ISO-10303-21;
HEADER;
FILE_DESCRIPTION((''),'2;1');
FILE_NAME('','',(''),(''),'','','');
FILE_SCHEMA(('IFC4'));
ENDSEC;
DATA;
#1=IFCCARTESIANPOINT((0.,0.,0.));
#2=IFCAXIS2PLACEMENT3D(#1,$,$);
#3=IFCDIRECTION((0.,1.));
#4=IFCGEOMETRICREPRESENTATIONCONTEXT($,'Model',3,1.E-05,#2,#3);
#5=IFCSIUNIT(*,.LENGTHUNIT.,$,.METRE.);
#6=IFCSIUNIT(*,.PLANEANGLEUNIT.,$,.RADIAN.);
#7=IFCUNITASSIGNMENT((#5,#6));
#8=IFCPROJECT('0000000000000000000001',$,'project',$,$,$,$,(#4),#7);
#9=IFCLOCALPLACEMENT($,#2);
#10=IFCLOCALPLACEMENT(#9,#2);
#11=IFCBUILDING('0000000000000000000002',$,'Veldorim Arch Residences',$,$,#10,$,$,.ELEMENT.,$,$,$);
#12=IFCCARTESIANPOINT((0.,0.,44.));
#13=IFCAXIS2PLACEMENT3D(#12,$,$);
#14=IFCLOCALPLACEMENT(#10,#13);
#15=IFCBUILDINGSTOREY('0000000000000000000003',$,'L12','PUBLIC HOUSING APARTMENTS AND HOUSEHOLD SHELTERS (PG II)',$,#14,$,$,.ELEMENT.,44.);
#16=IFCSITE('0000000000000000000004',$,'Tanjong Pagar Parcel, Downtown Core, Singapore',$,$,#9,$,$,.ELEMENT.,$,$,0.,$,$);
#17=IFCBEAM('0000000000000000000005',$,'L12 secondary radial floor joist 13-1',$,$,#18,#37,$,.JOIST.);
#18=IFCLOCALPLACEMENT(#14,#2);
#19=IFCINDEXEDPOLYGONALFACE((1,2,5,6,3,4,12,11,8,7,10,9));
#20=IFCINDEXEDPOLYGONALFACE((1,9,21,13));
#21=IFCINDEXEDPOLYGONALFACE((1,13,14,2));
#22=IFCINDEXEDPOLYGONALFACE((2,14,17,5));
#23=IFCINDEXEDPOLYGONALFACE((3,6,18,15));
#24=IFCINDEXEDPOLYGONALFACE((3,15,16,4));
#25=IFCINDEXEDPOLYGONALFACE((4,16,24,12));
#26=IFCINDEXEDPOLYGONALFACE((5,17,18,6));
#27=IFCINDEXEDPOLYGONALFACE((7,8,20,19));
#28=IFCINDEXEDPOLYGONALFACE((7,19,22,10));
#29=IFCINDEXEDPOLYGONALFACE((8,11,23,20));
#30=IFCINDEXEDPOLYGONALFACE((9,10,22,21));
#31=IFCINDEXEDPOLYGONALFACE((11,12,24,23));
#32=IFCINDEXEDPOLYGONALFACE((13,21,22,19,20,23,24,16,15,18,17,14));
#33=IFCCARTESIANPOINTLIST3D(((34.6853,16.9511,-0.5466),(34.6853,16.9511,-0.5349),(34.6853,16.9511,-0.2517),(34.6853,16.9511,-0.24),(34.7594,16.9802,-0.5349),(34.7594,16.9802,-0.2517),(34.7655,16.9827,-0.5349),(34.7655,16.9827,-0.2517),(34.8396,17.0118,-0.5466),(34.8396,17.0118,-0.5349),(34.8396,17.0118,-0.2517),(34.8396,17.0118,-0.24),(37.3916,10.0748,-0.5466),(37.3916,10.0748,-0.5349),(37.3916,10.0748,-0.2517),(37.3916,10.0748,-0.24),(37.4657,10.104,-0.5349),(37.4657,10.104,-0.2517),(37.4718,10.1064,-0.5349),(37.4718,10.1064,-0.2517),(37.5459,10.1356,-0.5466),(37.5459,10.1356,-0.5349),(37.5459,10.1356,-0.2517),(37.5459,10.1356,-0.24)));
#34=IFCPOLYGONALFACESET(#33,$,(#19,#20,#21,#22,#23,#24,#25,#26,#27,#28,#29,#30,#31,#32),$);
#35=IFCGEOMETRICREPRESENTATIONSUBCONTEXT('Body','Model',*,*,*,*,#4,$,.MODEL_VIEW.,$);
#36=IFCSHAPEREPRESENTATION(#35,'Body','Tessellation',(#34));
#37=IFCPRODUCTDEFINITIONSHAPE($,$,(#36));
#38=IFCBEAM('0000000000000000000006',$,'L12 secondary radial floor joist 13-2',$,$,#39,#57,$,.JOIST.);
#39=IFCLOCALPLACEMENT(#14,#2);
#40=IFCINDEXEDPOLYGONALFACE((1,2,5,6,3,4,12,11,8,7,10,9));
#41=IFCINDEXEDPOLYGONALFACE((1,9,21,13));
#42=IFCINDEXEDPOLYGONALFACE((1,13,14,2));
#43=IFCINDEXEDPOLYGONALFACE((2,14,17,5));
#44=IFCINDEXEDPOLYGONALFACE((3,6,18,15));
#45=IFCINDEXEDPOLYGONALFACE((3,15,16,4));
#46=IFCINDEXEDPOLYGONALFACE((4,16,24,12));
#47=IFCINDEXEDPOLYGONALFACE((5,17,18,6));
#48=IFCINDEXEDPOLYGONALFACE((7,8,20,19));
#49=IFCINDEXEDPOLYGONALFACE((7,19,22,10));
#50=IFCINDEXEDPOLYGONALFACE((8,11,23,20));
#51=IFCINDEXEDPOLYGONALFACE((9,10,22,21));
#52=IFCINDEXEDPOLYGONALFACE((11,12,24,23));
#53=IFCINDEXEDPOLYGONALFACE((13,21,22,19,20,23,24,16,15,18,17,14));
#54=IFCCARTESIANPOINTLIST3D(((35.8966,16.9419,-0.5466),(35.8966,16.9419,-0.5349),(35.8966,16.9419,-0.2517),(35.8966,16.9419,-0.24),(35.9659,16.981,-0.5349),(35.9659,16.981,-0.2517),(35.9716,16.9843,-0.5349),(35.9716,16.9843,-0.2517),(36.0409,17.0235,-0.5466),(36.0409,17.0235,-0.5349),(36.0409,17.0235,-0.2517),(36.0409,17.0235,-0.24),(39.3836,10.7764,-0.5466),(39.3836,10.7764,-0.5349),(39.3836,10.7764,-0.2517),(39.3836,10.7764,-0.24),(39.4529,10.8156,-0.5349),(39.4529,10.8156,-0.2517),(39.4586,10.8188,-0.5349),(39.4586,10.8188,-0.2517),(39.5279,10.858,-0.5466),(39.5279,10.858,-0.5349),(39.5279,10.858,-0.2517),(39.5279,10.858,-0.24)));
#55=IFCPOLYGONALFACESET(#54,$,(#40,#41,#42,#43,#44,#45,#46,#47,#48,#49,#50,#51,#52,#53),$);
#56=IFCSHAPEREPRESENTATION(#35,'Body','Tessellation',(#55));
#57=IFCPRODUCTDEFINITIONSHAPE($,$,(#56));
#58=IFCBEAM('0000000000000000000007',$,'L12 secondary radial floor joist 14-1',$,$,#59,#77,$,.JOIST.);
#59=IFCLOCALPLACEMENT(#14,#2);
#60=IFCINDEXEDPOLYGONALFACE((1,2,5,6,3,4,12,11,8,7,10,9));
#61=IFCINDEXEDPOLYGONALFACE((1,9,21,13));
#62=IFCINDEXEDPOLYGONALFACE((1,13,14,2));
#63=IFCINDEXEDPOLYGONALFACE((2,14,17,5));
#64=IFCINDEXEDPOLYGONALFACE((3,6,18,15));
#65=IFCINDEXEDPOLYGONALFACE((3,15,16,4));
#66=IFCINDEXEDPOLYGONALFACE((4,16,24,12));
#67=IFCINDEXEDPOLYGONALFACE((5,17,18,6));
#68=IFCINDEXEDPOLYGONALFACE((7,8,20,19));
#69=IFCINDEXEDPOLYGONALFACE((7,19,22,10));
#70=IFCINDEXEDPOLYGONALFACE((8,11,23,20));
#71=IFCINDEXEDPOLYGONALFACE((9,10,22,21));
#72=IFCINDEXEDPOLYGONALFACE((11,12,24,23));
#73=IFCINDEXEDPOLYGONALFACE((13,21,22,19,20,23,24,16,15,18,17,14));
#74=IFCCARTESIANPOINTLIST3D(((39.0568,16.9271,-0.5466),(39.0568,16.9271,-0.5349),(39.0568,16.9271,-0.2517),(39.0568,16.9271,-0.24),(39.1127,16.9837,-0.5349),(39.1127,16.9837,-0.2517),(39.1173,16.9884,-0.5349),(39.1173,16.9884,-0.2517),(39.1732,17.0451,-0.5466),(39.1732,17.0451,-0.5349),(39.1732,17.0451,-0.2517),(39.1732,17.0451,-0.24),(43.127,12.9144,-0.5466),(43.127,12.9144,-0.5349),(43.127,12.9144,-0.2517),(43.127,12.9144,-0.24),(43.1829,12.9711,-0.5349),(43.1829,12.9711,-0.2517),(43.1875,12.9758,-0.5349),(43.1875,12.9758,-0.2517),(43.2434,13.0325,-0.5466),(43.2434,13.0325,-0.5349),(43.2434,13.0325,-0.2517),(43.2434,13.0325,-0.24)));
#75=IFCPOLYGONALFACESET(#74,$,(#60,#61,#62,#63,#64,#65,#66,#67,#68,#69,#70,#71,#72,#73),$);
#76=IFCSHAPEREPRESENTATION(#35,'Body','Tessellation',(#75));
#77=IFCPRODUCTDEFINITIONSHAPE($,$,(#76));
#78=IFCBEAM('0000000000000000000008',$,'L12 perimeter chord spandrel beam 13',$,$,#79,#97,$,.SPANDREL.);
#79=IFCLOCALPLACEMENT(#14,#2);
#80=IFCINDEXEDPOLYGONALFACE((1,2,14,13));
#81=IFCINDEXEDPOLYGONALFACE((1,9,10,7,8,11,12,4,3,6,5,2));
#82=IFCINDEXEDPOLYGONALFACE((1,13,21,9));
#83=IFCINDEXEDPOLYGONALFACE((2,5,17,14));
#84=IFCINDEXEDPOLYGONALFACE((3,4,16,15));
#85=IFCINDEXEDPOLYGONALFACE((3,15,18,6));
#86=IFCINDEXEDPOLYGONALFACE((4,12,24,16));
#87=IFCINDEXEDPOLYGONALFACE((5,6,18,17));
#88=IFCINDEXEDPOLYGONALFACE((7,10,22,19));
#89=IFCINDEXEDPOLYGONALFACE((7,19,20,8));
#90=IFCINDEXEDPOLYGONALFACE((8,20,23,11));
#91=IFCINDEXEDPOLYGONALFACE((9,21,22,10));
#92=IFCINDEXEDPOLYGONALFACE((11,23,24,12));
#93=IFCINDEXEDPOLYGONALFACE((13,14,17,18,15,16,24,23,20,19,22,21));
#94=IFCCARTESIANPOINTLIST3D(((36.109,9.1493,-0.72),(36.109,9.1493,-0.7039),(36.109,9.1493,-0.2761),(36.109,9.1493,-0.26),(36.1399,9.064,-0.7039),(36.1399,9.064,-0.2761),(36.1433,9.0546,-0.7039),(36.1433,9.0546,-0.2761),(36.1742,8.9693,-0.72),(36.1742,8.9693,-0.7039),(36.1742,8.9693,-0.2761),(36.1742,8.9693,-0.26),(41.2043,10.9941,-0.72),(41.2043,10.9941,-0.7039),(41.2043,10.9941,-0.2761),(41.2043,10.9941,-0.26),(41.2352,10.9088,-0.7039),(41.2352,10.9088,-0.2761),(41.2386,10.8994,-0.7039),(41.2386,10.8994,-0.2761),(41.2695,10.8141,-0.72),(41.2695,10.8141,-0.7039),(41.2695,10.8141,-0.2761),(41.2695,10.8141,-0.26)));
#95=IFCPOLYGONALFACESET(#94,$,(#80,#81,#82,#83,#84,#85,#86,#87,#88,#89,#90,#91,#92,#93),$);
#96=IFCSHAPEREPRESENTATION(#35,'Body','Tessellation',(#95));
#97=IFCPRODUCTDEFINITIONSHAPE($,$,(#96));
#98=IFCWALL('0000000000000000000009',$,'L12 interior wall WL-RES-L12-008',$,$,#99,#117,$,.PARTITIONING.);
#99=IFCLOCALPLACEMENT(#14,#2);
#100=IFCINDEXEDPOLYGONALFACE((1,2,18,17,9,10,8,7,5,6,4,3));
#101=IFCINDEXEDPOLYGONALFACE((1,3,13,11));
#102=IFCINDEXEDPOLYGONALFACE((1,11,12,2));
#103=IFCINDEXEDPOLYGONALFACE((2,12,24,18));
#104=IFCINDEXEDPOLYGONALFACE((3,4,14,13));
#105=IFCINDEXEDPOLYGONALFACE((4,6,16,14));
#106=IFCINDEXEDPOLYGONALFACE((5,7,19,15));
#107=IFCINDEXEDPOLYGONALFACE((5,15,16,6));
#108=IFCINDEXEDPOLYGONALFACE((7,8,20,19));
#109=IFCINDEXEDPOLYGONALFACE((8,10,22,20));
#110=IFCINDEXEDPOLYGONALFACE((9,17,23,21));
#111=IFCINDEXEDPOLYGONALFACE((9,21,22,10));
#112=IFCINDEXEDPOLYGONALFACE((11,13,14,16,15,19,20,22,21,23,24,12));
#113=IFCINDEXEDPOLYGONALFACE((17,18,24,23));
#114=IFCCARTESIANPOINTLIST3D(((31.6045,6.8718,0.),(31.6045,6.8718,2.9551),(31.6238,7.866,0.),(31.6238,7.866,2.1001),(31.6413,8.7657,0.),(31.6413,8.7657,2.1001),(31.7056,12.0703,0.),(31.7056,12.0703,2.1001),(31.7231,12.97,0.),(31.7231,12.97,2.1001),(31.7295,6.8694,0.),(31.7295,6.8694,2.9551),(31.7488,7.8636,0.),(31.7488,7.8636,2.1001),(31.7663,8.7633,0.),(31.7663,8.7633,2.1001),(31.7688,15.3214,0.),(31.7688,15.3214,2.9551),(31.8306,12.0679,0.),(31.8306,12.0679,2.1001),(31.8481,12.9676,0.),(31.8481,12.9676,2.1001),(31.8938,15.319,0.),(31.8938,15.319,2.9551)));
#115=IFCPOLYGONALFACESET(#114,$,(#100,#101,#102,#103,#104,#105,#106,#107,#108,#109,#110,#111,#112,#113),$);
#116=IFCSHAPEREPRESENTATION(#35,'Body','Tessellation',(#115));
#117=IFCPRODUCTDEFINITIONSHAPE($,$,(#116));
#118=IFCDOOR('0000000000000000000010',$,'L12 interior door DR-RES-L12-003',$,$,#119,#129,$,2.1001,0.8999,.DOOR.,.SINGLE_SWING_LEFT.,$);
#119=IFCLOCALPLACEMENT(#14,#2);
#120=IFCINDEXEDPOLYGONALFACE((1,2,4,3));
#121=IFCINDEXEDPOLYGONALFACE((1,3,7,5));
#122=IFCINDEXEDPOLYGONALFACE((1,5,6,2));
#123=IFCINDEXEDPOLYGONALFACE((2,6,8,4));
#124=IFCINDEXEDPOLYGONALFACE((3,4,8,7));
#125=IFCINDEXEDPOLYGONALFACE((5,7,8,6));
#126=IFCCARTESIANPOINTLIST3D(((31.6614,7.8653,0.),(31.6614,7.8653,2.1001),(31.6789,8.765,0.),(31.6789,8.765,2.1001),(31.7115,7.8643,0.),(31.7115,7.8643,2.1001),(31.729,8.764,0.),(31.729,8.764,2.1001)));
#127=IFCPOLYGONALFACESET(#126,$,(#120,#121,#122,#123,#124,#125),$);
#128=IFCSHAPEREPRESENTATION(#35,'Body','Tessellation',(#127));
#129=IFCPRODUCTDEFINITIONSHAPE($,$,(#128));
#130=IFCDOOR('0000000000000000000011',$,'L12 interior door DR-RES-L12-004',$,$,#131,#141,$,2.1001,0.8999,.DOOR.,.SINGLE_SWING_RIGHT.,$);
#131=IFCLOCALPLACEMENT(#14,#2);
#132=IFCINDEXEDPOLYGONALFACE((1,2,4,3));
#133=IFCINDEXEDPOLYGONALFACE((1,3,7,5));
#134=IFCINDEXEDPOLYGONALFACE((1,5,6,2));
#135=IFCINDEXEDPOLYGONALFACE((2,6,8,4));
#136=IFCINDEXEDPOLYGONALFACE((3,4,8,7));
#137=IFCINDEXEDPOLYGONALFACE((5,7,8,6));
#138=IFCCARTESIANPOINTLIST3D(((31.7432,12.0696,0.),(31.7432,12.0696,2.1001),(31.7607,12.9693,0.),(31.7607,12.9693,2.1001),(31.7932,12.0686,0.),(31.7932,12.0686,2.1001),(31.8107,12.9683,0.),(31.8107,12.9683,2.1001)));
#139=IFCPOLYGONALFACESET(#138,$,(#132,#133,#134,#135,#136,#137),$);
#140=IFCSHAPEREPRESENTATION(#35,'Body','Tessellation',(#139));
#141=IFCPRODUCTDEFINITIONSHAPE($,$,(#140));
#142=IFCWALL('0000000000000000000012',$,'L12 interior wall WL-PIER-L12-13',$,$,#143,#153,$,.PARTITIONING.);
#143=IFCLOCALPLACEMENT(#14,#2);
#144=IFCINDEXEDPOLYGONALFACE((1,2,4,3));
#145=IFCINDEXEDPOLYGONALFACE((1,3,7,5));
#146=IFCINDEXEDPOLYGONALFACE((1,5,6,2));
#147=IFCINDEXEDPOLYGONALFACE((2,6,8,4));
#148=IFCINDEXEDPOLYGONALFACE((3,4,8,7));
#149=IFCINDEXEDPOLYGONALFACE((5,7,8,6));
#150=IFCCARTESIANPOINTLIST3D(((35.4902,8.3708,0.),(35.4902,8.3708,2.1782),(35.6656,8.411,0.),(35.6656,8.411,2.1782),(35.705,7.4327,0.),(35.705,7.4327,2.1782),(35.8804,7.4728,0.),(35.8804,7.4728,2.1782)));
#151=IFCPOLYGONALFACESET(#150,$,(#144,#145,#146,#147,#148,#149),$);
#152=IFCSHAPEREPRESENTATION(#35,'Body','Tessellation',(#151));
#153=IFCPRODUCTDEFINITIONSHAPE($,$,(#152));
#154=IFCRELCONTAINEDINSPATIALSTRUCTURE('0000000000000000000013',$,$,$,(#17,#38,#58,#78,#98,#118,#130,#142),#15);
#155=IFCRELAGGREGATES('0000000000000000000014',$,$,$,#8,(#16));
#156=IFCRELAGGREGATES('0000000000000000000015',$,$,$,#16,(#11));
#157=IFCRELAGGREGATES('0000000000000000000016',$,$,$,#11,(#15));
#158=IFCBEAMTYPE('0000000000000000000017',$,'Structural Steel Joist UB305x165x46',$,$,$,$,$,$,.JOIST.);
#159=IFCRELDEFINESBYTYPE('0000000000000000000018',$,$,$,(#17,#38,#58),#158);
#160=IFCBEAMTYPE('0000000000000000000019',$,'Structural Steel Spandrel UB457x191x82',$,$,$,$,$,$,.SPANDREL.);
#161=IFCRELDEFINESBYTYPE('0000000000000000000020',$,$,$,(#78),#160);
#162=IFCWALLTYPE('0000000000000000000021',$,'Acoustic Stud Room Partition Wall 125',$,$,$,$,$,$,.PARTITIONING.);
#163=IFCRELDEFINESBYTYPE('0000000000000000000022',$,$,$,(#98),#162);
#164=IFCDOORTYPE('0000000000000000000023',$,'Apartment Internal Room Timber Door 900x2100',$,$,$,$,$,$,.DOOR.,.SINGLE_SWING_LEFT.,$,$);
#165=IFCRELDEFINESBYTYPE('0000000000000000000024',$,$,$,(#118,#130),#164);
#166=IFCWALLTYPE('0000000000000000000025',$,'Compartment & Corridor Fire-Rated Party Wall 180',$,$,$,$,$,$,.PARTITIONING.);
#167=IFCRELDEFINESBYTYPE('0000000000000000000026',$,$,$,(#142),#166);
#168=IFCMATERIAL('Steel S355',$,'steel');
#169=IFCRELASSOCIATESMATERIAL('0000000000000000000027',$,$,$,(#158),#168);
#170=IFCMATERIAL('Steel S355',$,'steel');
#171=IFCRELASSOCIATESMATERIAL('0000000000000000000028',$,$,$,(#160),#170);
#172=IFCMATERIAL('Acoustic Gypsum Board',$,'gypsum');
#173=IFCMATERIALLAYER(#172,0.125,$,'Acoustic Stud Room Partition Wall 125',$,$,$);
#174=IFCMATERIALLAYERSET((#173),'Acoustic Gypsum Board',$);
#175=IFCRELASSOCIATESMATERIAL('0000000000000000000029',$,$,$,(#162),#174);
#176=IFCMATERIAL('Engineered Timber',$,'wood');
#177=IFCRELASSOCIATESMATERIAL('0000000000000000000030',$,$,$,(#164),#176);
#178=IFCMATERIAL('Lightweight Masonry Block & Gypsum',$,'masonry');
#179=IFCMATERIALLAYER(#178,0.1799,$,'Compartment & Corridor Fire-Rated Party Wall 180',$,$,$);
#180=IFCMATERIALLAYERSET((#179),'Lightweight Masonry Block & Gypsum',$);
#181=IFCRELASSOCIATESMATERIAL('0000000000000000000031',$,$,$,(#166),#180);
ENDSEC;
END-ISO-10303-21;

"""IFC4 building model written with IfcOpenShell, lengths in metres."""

from ifc_helpers import new_model, si_unit, direction, frame, frame_2d, origin, origin_2d, place, context, subcontext, project, spatial, rectangle, i_section, extrude, material, layer, layer_set, material_profile, profile_set, type_object, element, fill, save


model = new_model("IFC4")

# Units and contexts
model_context = context("Model", 3, precision=1e-05, world=origin(), true_north=direction((0.0, 1.0)))
body_context = subcontext(model_context, "Body", "Model", "MODEL_VIEW")
ifc_project = project(units=[si_unit("LENGTHUNIT", "METRE"), si_unit("PLANEANGLEUNIT", "RADIAN")], contexts=[model_context])

# Site, building, storey
site_placement = place(None, origin())
site = spatial("IfcSite", under=ifc_project, at=site_placement, Name="Tanjong Pagar Parcel, Downtown Core, Singapore", CompositionType="ELEMENT", RefElevation=0.0)
building_placement = place(site_placement, origin())
building = spatial("IfcBuilding", under=site, at=building_placement, Name="Veldorim Arch Residences", CompositionType="ELEMENT")
storey_placement = place(building_placement, frame((0.0, 0.0, 44.0)))
storey = spatial("IfcBuildingStorey", under=building, at=storey_placement, Name="L12", Description="PUBLIC HOUSING APARTMENTS AND HOUSEHOLD SHELTERS (PG II)", CompositionType="ELEMENT", Elevation=44.0)

# Beams
ifc_material_1 = material(Name="Steel S355", Category="steel")
ifc_material_profile_1 = material_profile(ifc_material_1, i_section(OverallWidth=0.1658, OverallDepth=0.3066, WebThickness=0.0066, FlangeThickness=0.0117, at=origin_2d()), Name="UB305x165x46")
ifc_profile_set_1 = profile_set([ifc_material_profile_1], Name="Steel S355")
beam_type_1 = type_object("IfcBeamType", Name="Structural Steel Joist UB305x165x46", PredefinedType="JOIST", material=ifc_profile_set_1)
beam_1_placement = place(storey_placement, frame((34.7625, 16.9814, -0.3933), z_axis=(0.36623, -0.930524, 0.0), x_axis=(0.930524, 0.36623, 0.0)))
element("IfcBeam", 1, at=beam_1_placement, inside=storey, type_object=beam_type_1, Name="L12 secondary radial floor joist 13-1", PredefinedType="JOIST", context=body_context, shape_type="SweptSolid", body=[
    extrude(i_section(OverallWidth=0.1658, OverallDepth=0.3066, WebThickness=0.0066, FlangeThickness=0.0117, at=origin_2d()), origin(), (0.0, 0.0, 1.0), 7.3896),
])
beam_2_placement = place(storey_placement, frame((35.9688, 16.9827, -0.3933), z_axis=(0.492292, -0.87043, 0.0), x_axis=(0.87043, 0.492292, 0.0)))
element("IfcBeam", 2, at=beam_2_placement, inside=storey, type_object=beam_type_1, Name="L12 secondary radial floor joist 13-2", PredefinedType="JOIST", context=body_context, shape_type="SweptSolid", body=[
    extrude(i_section(OverallWidth=0.1658, OverallDepth=0.3066, WebThickness=0.0066, FlangeThickness=0.0117, at=origin_2d()), origin(), (0.0, 0.0, 1.0), 7.0833),
])
beam_3_placement = place(storey_placement, frame((39.115, 16.9861, -0.3933), z_axis=(0.712129, -0.702049, 0.0), x_axis=(0.702049, 0.712129, 0.0)))
element("IfcBeam", 3, at=beam_3_placement, inside=storey, type_object=beam_type_1, Name="L12 secondary radial floor joist 14-1", PredefinedType="JOIST", context=body_context, shape_type="SweptSolid", body=[
    extrude(i_section(OverallWidth=0.1658, OverallDepth=0.3066, WebThickness=0.0066, FlangeThickness=0.0117, at=origin_2d()), origin(), (0.0, 0.0, 1.0), 5.7156),
])
ifc_material_2 = material(Name="Steel S355", Category="steel")
ifc_material_profile_2 = material_profile(ifc_material_2, i_section(OverallWidth=0.1914, OverallDepth=0.46, WebThickness=0.01, FlangeThickness=0.0161, at=origin_2d()), Name="UB457x191x82")
ifc_profile_set_2 = profile_set([ifc_material_profile_2], Name="Steel S355")
beam_type_2 = type_object("IfcBeamType", Name="Structural Steel Spandrel UB457x191x82", PredefinedType="SPANDREL", material=ifc_profile_set_2)
beam_4_placement = place(storey_placement, frame((36.1416, 9.0593, -0.49), z_axis=(0.940271, 0.340426, 0.0), x_axis=(-0.340426, 0.940271, 0.0)))
element("IfcBeam", 4, at=beam_4_placement, inside=storey, type_object=beam_type_2, Name="L12 perimeter chord spandrel beam 13", PredefinedType="SPANDREL", context=body_context, shape_type="SweptSolid", body=[
    extrude(i_section(OverallWidth=0.1914, OverallDepth=0.46, WebThickness=0.01, FlangeThickness=0.0161, at=origin_2d()), origin(), (0.0, 0.0, 1.0), 5.4189),
])

# Wall, openings, doors
ifc_material_3 = material(Name="Acoustic Gypsum Board", Category="gypsum")
ifc_layer_1 = layer(ifc_material_3, 0.125, Name="Acoustic Stud Room Partition Wall 125")
ifc_layer_set_1 = layer_set([ifc_layer_1], Name="Acoustic Gypsum Board")
wall_type_1 = type_object("IfcWallType", Name="Acoustic Stud Room Partition Wall 125", PredefinedType="PARTITIONING", material=ifc_layer_set_1)
wall_1_placement = place(storey_placement, frame((31.667, 6.8706, 0.0), z_axis=(0.0, 0.0, 1.0), x_axis=(0.019442, 0.999811, 0.0)))
wall_1 = element("IfcWall", 5, at=wall_1_placement, inside=storey, type_object=wall_type_1, Name="L12 interior wall WL-RES-L12-008", PredefinedType="PARTITIONING", context=body_context, shape_type="SweptSolid", body=[
    extrude(rectangle(XDim=8.4512, YDim=0.125, at=frame_2d((4.2256, 0.0))), origin(), (0.0, 0.0, 1.0), 2.9551),
])
opening_1_placement = place(wall_1_placement, frame((0.9944, 0.0, 0.0)))
opening_1 = element("IfcOpeningElement", 6, at=opening_1_placement, cuts=wall_1, PredefinedType="OPENING", context=body_context, shape_type="SweptSolid", body=[
    extrude(rectangle(XDim=0.8999, YDim=2.1001, at=frame_2d((0.45, 1.05))), frame((0.0, 0.0725, 0.0), z_axis=(0.0, -1.0, 0.0), x_axis=(1.0, 0.0, 0.0)), (0.0, 0.0, 1.0), 0.145),
])
opening_2_placement = place(wall_1_placement, frame((5.1995, 0.0, 0.0)))
opening_2 = element("IfcOpeningElement", 7, at=opening_2_placement, cuts=wall_1, PredefinedType="OPENING", context=body_context, shape_type="SweptSolid", body=[
    extrude(rectangle(XDim=0.8999, YDim=2.1001, at=frame_2d((0.45, 1.05))), frame((0.0, 0.0725, 0.0), z_axis=(0.0, -1.0, 0.0), x_axis=(1.0, 0.0, 0.0)), (0.0, 0.0, 1.0), 0.145),
])
ifc_material_4 = material(Name="Engineered Timber", Category="wood")
door_type_1 = type_object("IfcDoorType", Name="Apartment Internal Room Timber Door 900x2100", OperationType="SINGLE_SWING_LEFT", PredefinedType="DOOR", material=ifc_material_4)
door_1_placement = place(opening_1_placement, origin())
door_1 = element("IfcDoor", 8, at=door_1_placement, inside=storey, type_object=door_type_1, Name="L12 interior door DR-RES-L12-003", OperationType="SINGLE_SWING_LEFT", OverallHeight=2.1001, OverallWidth=0.8999, PredefinedType="DOOR", context=body_context, shape_type="SweptSolid", body=[
    extrude(rectangle(XDim=0.8999, YDim=2.1001, at=frame_2d((0.45, 1.05))), frame((0.0, 0.0249, 0.0), z_axis=(0.0, -1.0, 0.0), x_axis=(1.0, 0.0, 0.0)), (0.0, 0.0, 1.0), 0.05),
])
fill(opening_1, door_1)
door_2_placement = place(opening_2_placement, origin())
door_2 = element("IfcDoor", 9, at=door_2_placement, inside=storey, type_object=door_type_1, Name="L12 interior door DR-RES-L12-004", OperationType="SINGLE_SWING_RIGHT", OverallHeight=2.1001, OverallWidth=0.8999, PredefinedType="DOOR", context=body_context, shape_type="SweptSolid", body=[
    extrude(rectangle(XDim=0.8999, YDim=2.1001, at=frame_2d((0.45, 1.05))), frame((0.0, 0.0249, 0.0), z_axis=(0.0, -1.0, 0.0), x_axis=(1.0, 0.0, 0.0)), (0.0, 0.0, 1.0), 0.05),
])
fill(opening_2, door_2)

# Wall
ifc_material_5 = material(Name="Lightweight Masonry Block & Gypsum", Category="masonry")
ifc_layer_2 = layer(ifc_material_5, 0.1799, Name="Compartment & Corridor Fire-Rated Party Wall 180")
ifc_layer_set_2 = layer_set([ifc_layer_2], Name="Lightweight Masonry Block & Gypsum")
wall_type_2 = type_object("IfcWallType", Name="Compartment & Corridor Fire-Rated Party Wall 180", PredefinedType="PARTITIONING", material=ifc_layer_set_2)
wall_2_placement = place(storey_placement, frame((35.5779, 8.3909, 0.0), z_axis=(0.0, 0.0, 1.0), x_axis=(0.22321, -0.97477, 0.0)))
element("IfcWall", 10, at=wall_2_placement, inside=storey, type_object=wall_type_2, Name="L12 interior wall WL-PIER-L12-13", PredefinedType="PARTITIONING", context=body_context, shape_type="SweptSolid", body=[
    extrude(rectangle(XDim=0.9624, YDim=0.1799, at=frame_2d((0.4812, 0.0))), origin(), (0.0, 0.0, 1.0), 2.1782),
])

save(model, "model.ifc")
